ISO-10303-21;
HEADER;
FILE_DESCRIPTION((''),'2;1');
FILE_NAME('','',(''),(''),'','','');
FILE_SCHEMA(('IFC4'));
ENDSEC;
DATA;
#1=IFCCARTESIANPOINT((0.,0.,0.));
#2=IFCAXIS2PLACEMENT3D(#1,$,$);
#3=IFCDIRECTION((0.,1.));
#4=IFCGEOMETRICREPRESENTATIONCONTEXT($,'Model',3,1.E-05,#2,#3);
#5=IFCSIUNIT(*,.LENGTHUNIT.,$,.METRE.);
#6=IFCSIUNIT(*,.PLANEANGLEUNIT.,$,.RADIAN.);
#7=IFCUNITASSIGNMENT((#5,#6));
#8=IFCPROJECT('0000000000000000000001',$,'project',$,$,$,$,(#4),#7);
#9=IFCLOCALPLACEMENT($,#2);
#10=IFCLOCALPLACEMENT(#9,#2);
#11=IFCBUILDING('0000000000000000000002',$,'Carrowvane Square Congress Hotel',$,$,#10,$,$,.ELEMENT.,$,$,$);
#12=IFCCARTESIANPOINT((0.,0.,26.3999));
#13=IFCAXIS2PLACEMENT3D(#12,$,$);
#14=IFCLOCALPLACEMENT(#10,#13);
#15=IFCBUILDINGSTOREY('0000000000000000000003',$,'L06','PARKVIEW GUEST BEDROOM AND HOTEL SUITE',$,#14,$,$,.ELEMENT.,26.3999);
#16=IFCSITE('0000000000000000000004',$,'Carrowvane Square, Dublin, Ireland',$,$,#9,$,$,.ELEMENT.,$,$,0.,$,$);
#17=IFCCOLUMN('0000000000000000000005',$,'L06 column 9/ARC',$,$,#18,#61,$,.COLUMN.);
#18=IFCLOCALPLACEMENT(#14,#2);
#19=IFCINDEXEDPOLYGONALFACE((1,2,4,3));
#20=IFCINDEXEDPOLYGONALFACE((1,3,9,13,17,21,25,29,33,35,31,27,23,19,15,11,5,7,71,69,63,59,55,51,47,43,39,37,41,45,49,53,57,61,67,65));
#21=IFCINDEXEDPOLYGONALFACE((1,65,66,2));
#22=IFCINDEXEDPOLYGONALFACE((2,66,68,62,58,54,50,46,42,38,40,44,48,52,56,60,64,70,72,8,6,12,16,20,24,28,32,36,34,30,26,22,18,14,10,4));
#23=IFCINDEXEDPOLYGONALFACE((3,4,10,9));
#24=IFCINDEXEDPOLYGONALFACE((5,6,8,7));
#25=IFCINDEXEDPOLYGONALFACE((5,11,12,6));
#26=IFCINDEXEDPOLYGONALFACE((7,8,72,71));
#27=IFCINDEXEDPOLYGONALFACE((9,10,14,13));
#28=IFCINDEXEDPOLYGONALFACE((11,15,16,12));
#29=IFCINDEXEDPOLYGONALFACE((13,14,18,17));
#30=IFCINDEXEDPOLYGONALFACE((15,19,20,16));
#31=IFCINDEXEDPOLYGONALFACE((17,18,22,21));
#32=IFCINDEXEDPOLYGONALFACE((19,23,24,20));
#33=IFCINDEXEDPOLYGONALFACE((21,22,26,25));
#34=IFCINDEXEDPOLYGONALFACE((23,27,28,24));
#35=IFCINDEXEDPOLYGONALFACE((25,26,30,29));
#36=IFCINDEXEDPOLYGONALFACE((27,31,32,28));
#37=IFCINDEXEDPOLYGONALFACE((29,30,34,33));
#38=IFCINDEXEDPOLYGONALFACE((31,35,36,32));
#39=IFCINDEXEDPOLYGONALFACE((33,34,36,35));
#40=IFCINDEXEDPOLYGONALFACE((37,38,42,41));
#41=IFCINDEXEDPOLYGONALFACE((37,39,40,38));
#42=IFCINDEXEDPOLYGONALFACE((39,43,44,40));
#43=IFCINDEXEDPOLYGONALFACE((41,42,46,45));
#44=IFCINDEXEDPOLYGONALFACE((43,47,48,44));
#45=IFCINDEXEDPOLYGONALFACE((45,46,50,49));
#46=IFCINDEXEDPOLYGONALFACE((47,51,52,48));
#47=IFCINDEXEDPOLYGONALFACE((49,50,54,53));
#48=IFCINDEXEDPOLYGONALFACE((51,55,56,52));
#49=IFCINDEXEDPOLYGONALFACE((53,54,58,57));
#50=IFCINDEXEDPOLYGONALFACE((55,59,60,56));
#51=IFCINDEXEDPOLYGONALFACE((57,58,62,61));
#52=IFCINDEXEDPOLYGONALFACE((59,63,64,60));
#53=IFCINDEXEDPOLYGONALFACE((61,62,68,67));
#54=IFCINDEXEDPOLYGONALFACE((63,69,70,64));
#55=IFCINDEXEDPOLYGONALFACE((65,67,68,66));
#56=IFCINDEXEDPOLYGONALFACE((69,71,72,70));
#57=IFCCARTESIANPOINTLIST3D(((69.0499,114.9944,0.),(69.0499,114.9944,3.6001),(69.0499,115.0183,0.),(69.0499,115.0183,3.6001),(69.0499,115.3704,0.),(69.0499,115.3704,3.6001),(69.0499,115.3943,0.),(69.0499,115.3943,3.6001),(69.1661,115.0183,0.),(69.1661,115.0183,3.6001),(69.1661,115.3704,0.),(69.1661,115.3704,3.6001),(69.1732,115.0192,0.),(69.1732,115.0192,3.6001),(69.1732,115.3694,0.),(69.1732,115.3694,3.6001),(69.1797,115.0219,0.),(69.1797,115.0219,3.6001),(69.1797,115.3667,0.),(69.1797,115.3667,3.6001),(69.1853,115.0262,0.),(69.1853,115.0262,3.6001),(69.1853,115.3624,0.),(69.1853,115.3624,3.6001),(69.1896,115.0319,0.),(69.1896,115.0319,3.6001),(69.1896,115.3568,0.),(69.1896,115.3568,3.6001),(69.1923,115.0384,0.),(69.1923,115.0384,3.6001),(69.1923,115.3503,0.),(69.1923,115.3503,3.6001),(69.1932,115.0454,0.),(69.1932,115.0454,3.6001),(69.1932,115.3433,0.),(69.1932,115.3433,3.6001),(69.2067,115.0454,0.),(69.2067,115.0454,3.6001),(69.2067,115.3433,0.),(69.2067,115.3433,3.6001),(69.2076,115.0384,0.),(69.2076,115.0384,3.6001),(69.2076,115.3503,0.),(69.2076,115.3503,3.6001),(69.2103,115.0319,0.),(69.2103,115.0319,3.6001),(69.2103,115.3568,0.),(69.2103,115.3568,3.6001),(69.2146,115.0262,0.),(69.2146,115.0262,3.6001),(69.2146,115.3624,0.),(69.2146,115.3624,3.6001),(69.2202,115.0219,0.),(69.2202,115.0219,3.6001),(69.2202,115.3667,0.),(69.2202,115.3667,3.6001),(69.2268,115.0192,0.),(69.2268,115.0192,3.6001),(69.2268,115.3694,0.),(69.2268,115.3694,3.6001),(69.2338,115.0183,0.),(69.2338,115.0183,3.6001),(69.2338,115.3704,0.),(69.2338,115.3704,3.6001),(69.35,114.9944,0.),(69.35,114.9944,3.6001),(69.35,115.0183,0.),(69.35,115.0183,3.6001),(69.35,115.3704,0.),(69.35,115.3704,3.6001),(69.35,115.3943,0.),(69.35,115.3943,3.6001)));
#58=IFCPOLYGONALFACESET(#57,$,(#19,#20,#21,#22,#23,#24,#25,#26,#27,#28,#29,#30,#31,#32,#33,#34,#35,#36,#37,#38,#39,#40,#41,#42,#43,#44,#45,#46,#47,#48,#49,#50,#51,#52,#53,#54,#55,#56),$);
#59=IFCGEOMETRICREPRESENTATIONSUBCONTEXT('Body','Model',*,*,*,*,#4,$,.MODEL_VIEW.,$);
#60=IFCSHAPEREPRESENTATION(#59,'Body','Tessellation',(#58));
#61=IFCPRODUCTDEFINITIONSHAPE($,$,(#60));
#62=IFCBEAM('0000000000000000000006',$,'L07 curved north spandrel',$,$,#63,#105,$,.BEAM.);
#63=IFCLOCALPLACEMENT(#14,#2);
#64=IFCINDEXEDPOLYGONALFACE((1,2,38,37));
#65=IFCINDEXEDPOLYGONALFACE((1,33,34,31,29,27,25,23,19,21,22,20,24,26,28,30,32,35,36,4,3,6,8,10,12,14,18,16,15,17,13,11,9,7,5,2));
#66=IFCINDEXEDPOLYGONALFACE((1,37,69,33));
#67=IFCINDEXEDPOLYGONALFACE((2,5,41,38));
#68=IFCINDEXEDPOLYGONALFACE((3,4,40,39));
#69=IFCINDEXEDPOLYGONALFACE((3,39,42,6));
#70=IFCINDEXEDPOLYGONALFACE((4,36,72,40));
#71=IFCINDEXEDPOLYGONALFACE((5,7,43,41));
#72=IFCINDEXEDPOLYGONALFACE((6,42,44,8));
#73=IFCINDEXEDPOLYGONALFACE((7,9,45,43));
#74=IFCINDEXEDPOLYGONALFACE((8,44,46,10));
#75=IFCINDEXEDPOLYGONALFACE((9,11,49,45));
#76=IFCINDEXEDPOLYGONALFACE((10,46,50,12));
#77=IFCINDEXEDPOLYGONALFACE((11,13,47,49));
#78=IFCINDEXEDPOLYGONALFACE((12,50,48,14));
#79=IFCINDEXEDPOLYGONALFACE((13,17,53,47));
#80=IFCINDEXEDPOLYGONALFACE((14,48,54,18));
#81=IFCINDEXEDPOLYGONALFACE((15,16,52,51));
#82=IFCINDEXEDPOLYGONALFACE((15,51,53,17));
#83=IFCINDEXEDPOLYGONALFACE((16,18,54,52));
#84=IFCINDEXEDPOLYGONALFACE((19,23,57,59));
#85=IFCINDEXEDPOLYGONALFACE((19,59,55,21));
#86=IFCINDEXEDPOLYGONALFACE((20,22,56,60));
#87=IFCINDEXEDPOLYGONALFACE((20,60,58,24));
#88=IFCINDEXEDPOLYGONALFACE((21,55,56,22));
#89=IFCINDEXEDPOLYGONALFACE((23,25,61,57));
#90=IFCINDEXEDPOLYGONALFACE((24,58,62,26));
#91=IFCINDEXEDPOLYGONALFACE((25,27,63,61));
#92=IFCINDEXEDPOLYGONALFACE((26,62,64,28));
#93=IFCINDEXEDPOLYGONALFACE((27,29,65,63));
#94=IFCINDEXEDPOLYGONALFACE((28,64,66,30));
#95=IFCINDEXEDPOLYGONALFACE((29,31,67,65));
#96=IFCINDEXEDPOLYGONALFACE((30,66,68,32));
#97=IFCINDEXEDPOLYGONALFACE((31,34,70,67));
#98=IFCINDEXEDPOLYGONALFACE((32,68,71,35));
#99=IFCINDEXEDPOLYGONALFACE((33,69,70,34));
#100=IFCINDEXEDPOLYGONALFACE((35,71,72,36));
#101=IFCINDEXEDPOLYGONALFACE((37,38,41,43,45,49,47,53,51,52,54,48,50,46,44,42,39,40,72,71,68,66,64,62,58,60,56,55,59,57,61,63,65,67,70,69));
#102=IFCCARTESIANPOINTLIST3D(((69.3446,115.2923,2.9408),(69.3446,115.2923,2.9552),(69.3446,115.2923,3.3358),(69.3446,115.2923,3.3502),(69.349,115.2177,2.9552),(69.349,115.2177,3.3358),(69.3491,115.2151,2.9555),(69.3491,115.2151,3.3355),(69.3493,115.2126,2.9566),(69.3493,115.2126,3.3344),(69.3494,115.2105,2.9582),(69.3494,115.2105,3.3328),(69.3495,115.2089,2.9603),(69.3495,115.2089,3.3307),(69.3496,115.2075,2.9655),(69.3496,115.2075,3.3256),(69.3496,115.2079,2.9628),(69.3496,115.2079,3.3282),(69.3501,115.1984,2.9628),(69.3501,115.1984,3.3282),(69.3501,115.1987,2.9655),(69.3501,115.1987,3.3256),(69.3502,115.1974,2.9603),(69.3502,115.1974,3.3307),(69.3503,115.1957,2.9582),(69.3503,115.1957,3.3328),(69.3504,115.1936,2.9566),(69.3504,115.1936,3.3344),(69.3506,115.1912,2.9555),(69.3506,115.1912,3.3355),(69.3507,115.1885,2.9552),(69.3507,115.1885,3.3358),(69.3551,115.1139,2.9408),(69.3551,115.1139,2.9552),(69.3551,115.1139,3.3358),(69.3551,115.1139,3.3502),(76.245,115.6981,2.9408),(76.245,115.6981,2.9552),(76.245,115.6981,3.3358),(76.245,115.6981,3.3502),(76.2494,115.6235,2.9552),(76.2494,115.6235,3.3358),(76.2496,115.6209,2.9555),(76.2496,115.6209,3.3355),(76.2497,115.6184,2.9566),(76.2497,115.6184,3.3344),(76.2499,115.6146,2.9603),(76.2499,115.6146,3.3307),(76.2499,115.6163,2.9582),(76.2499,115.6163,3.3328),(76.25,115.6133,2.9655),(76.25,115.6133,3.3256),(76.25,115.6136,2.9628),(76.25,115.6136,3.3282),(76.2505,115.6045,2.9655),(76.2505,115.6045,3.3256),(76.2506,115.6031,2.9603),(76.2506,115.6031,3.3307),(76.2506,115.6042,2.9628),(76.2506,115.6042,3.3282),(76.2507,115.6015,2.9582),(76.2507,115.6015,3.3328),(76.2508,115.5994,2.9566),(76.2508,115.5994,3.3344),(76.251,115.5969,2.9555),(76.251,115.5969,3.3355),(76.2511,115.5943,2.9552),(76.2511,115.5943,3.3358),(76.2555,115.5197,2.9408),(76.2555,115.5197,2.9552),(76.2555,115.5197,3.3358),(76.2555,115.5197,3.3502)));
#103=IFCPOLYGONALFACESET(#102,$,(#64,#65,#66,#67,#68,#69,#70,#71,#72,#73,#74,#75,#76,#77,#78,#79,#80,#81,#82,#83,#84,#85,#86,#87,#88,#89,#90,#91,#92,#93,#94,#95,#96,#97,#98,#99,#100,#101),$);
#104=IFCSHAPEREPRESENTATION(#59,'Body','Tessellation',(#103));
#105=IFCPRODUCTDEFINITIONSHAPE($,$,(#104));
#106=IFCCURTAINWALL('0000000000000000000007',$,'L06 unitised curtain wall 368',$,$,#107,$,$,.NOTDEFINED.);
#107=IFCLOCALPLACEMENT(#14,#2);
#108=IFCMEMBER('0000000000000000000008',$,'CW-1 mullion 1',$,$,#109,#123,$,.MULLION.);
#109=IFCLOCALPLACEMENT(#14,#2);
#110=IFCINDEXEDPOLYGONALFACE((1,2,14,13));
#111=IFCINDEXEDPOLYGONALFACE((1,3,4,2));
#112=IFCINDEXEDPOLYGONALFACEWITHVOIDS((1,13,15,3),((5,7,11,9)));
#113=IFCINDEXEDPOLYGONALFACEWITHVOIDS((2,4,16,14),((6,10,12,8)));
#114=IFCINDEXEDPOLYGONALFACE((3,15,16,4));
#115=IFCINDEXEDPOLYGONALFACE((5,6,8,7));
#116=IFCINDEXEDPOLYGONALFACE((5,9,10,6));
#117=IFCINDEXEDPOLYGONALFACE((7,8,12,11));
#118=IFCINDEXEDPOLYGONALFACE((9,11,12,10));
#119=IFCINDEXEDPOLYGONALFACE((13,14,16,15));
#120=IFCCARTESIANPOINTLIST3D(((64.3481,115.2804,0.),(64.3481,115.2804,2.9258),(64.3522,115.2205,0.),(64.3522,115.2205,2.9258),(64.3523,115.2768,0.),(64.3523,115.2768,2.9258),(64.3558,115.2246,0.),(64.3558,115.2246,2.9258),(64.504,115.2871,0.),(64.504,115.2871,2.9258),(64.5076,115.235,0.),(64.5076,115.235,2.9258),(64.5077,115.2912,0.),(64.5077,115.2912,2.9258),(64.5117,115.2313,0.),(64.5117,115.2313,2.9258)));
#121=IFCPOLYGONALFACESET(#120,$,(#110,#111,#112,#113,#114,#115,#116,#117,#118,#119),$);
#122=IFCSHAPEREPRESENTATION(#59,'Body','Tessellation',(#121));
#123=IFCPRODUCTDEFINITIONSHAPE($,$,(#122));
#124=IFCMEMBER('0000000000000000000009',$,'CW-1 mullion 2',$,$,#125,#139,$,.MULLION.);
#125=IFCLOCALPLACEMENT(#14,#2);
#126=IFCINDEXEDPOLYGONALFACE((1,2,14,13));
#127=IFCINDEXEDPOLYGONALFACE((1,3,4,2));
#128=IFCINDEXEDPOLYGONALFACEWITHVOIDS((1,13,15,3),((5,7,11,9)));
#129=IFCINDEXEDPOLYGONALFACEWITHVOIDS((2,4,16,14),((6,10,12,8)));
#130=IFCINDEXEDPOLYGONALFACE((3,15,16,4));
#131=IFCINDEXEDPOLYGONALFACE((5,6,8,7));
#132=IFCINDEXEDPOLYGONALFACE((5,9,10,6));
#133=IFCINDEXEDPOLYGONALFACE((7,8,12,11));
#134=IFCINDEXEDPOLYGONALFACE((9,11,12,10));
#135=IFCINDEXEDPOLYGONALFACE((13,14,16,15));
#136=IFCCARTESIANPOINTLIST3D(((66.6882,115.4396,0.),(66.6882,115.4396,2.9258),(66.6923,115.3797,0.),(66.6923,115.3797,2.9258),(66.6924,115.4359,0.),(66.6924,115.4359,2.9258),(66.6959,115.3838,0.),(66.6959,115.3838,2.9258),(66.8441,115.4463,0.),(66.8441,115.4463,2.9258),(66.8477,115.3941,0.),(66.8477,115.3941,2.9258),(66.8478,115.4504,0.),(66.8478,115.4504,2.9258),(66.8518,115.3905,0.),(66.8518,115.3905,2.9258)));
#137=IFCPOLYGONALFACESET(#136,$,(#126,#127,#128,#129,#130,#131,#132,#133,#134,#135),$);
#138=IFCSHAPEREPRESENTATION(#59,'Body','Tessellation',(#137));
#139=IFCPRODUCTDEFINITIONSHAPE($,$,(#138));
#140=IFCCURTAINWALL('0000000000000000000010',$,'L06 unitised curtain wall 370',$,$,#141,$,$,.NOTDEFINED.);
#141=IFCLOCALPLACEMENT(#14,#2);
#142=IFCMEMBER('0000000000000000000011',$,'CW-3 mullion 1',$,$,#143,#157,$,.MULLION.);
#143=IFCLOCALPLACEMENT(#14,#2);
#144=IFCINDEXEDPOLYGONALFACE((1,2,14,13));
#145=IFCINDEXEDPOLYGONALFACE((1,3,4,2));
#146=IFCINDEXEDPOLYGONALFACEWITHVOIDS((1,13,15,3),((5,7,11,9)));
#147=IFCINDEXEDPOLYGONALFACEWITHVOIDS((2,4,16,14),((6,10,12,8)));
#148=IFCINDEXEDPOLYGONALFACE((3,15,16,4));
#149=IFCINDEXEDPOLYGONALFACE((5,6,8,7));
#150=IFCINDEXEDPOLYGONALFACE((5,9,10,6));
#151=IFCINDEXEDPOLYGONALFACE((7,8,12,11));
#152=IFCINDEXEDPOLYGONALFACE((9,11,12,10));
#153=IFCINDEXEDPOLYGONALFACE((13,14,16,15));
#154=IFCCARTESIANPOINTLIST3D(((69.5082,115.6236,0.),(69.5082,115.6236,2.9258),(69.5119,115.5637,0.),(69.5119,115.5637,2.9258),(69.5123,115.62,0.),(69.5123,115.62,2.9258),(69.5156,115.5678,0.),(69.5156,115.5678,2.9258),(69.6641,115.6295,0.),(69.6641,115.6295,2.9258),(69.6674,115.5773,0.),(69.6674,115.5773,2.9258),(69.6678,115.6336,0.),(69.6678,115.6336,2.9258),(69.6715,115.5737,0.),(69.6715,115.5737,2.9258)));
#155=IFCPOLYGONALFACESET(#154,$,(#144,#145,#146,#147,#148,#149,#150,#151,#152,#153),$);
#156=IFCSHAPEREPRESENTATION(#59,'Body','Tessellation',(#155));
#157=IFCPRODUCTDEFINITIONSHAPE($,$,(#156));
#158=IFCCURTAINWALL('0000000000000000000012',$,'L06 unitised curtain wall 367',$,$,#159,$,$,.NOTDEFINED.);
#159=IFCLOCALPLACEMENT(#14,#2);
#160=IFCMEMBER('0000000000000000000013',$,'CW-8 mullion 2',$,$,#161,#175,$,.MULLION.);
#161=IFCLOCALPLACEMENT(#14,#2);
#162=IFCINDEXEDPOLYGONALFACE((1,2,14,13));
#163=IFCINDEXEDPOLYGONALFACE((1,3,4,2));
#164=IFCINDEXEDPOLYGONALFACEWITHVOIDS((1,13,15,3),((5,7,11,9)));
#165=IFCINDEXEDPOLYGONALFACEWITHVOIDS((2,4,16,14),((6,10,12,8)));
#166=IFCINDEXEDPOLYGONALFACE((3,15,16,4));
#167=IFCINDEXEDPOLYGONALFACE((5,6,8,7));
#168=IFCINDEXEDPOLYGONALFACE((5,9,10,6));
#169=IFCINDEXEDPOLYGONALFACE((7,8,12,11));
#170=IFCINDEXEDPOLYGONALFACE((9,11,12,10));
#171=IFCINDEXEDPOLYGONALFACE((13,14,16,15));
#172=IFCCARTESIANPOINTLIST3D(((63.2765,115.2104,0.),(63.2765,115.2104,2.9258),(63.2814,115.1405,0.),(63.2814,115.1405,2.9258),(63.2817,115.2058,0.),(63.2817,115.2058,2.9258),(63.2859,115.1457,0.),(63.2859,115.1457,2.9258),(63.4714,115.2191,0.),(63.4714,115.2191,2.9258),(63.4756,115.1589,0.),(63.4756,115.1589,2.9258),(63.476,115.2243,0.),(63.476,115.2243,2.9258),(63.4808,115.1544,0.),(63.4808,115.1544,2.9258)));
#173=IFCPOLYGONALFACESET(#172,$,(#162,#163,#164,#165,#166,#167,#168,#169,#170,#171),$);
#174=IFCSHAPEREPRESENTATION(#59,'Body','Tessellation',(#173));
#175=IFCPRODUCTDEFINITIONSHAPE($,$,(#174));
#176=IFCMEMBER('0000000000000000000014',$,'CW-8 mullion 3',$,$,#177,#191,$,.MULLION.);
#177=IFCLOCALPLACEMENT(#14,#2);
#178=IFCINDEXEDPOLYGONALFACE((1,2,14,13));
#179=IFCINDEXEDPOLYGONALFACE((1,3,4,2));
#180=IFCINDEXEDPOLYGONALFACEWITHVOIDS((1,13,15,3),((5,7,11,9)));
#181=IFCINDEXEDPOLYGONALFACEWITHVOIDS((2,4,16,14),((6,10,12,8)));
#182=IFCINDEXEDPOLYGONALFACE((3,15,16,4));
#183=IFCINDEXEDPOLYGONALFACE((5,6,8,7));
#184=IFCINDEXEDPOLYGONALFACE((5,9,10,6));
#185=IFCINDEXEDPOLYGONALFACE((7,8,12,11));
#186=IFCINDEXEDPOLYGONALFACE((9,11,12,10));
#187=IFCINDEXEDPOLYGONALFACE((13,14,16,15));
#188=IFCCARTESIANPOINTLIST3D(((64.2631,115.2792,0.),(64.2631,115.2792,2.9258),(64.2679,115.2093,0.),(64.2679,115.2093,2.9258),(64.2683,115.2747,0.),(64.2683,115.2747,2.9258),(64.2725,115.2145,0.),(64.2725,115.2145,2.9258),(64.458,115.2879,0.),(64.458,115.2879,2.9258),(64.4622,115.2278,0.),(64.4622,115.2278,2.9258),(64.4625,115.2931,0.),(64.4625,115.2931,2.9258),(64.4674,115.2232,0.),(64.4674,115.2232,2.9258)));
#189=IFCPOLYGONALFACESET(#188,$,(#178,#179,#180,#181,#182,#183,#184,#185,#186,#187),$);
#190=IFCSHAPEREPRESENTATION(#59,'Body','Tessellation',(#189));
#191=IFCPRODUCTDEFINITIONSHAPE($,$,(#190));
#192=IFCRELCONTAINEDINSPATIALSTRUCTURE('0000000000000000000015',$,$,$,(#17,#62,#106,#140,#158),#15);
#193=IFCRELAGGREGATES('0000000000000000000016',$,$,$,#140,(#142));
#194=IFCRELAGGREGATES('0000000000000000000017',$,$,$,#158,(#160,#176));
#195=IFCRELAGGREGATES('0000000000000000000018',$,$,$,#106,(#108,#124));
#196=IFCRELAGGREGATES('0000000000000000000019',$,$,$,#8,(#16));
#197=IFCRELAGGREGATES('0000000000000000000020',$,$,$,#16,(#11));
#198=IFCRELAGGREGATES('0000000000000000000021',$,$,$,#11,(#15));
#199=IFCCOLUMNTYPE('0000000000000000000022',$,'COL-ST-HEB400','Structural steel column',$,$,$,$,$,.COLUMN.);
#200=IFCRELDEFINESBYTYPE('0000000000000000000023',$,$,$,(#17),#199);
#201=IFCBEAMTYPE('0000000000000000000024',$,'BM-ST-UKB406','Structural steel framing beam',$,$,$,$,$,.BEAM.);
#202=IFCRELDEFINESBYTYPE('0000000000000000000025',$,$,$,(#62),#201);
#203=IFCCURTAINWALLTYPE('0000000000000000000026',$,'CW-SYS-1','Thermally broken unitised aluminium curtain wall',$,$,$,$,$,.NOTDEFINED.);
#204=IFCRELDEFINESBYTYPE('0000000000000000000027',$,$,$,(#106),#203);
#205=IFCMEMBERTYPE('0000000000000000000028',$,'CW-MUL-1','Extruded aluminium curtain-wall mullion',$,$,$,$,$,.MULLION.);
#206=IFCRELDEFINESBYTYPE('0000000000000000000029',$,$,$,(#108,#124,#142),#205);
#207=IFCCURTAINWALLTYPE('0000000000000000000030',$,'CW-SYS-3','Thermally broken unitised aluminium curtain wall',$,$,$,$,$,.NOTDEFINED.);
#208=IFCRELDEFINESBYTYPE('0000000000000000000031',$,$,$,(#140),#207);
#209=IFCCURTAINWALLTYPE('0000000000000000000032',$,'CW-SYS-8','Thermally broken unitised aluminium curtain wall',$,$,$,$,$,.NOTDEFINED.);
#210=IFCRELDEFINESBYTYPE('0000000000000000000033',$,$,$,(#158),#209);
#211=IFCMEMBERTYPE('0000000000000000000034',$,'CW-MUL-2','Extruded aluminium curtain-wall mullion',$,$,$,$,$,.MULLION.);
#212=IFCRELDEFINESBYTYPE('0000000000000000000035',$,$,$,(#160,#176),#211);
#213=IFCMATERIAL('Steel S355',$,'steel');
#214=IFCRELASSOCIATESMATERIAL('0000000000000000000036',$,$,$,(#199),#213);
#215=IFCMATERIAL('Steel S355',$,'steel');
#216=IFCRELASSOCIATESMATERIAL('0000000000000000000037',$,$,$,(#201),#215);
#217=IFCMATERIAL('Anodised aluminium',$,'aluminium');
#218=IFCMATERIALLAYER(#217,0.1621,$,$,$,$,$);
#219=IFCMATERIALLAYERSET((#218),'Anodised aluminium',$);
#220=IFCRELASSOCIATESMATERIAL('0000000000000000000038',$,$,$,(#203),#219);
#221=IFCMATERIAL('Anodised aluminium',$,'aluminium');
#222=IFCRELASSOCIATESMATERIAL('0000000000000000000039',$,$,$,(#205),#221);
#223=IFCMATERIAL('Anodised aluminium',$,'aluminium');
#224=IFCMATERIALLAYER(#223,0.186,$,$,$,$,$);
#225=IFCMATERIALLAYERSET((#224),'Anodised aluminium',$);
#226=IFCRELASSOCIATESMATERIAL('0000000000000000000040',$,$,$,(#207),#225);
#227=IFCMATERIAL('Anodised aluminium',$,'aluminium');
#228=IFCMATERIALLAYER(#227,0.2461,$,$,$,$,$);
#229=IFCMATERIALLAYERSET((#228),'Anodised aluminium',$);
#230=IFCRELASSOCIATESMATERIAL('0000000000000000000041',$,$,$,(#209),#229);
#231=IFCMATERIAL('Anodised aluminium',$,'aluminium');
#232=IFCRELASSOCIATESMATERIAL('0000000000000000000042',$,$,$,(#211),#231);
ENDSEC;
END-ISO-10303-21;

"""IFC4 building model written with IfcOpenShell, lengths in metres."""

from ifc_helpers import new_model, si_unit, direction, frame, origin, origin_2d, place, context, subcontext, project, spatial, hollow_rectangle, i_section, extrude, material, layer, layer_set, material_profile, profile_set, type_object, element, aggregate, save


model = new_model("IFC4")

# Units and contexts
model_context = context("Model", 3, precision=1e-05, world=origin(), true_north=direction((0.0, 1.0)))
body_context = subcontext(model_context, "Body", "Model", "MODEL_VIEW")
ifc_project = project(units=[si_unit("LENGTHUNIT", "METRE"), si_unit("PLANEANGLEUNIT", "RADIAN")], contexts=[model_context])

# Site, building, storey
site_placement = place(None, origin())
site = spatial("IfcSite", under=ifc_project, at=site_placement, Name="Carrowvane Square, Dublin, Ireland", CompositionType="ELEMENT", RefElevation=0.0)
building_placement = place(site_placement, origin())
building = spatial("IfcBuilding", under=site, at=building_placement, Name="Carrowvane Square Congress Hotel", CompositionType="ELEMENT")
storey_placement = place(building_placement, frame((0.0, 0.0, 26.3999)))
storey = spatial("IfcBuildingStorey", under=building, at=storey_placement, Name="L06", Description="PARKVIEW GUEST BEDROOM AND HOTEL SUITE", CompositionType="ELEMENT", Elevation=26.3999)

# Column
ifc_material_1 = material(Name="Steel S355", Category="steel")
ifc_material_profile_1 = material_profile(ifc_material_1, i_section(OverallWidth=0.3, OverallDepth=0.3999, WebThickness=0.0134, FlangeThickness=0.0239, FilletRadius=0.0271, at=origin_2d()), Name="HEB 400")
ifc_profile_set_1 = profile_set([ifc_material_profile_1], Name="Steel S355")
column_type = type_object("IfcColumnType", Name="COL-ST-HEB400", Description="Structural steel column", PredefinedType="COLUMN", material=ifc_profile_set_1)
column_placement = place(storey_placement, frame((69.2, 115.1943, 0.0), z_axis=(0.0, 0.0, 1.0), x_axis=(1.0, 0.0, 0.0)))
element("IfcColumn", 1, at=column_placement, inside=storey, type_object=column_type, Name="L06 column 9/ARC", PredefinedType="COLUMN", context=body_context, shape_type="SweptSolid", body=[
    extrude(i_section(OverallWidth=0.3, OverallDepth=0.3999, WebThickness=0.0134, FlangeThickness=0.0239, FilletRadius=0.0271, at=origin_2d()), origin(), (0.0, 0.0, 1.0), 3.6001),
])

# Beam
ifc_material_2 = material(Name="Steel S355", Category="steel")
ifc_material_profile_2 = material_profile(ifc_material_2, i_section(OverallWidth=0.1787, OverallDepth=0.4094, WebThickness=0.0088, FlangeThickness=0.0144, FilletRadius=0.0103, at=origin_2d()), Name="UKB 406x178x67")
ifc_profile_set_2 = profile_set([ifc_material_profile_2], Name="Steel S355")
beam_type = type_object("IfcBeamType", Name="BM-ST-UKB406", Description="Structural steel framing beam", PredefinedType="BEAM", material=ifc_profile_set_2)
beam_placement = place(storey_placement, frame((69.3499, 115.2031, 3.1455), z_axis=(0.998276, 0.058701, 0.0), x_axis=(-0.058701, 0.998276, 0.0)))
element("IfcBeam", 2, at=beam_placement, inside=storey, type_object=beam_type, Name="L07 curved north spandrel", PredefinedType="BEAM", context=body_context, shape_type="SweptSolid", body=[
    extrude(i_section(OverallWidth=0.1787, OverallDepth=0.4094, WebThickness=0.0088, FlangeThickness=0.0144, FilletRadius=0.0103, at=origin_2d()), origin(), (0.0, 0.0, 1.0), 6.9124),
])

# Curtain wall, members
ifc_material_3 = material(Name="Anodised aluminium", Category="aluminium")
ifc_layer_1 = layer(ifc_material_3, 0.1621)
ifc_layer_set_1 = layer_set([ifc_layer_1], Name="Anodised aluminium")
curtain_wall_type_1 = type_object("IfcCurtainWallType", Name="CW-SYS-1", Description="Thermally broken unitised aluminium curtain wall", PredefinedType="NOTDEFINED", material=ifc_layer_set_1)
curtain_wall_1_placement = place(storey_placement, origin())
curtain_wall_1 = element("IfcCurtainWall", 3, at=curtain_wall_1_placement, inside=storey, type_object=curtain_wall_type_1, Name="L06 unitised curtain wall 368", PredefinedType="NOTDEFINED")
ifc_material_4 = material(Name="Anodised aluminium", Category="aluminium")
ifc_material_profile_3 = material_profile(ifc_material_4, hollow_rectangle(XDim=0.0601, YDim=0.1599, WallThickness=0.0039, at=origin_2d()), Name="CW-ML 60x160x4")
ifc_profile_set_3 = profile_set([ifc_material_profile_3], Name="Anodised aluminium")
member_type_1 = type_object("IfcMemberType", Name="CW-MUL-1", Description="Extruded aluminium curtain-wall mullion", PredefinedType="MULLION", material=ifc_profile_set_3)
member_1_placement = place(storey_placement, frame((64.4299, 115.2559, 0.0), z_axis=(0.0, 0.0, 1.0), x_axis=(-0.067865, 0.997694, 0.0)))
member_1 = element("IfcMember", 4, at=member_1_placement, type_object=member_type_1, Name="CW-1 mullion 1", PredefinedType="MULLION", context=body_context, shape_type="SweptSolid", body=[
    extrude(hollow_rectangle(XDim=0.0601, YDim=0.1599, WallThickness=0.0039, at=origin_2d()), origin(), (0.0, 0.0, 1.0), 2.9258),
])
member_2_placement = place(storey_placement, frame((66.77, 115.415, 0.0), z_axis=(0.0, 0.0, 1.0), x_axis=(-0.067865, 0.997694, 0.0)))
member_2 = element("IfcMember", 5, at=member_2_placement, type_object=member_type_1, Name="CW-1 mullion 2", PredefinedType="MULLION", context=body_context, shape_type="SweptSolid", body=[
    extrude(hollow_rectangle(XDim=0.0601, YDim=0.1599, WallThickness=0.0039, at=origin_2d()), origin(), (0.0, 0.0, 1.0), 2.9258),
])

# Curtain wall, member
ifc_material_5 = material(Name="Anodised aluminium", Category="aluminium")
ifc_layer_2 = layer(ifc_material_5, 0.186)
ifc_layer_set_2 = layer_set([ifc_layer_2], Name="Anodised aluminium")
curtain_wall_type_2 = type_object("IfcCurtainWallType", Name="CW-SYS-3", Description="Thermally broken unitised aluminium curtain wall", PredefinedType="NOTDEFINED", material=ifc_layer_set_2)
curtain_wall_2_placement = place(storey_placement, origin())
curtain_wall_2 = element("IfcCurtainWall", 6, at=curtain_wall_2_placement, inside=storey, type_object=curtain_wall_type_2, Name="L06 unitised curtain wall 370", PredefinedType="NOTDEFINED")
member_3_placement = place(storey_placement, frame((69.5898, 115.5986, 0.0), z_axis=(0.0, 0.0, 1.0), x_axis=(-0.062397, 0.998051, 0.0)))
member_3 = element("IfcMember", 7, at=member_3_placement, type_object=member_type_1, Name="CW-3 mullion 1", PredefinedType="MULLION", context=body_context, shape_type="SweptSolid", body=[
    extrude(hollow_rectangle(XDim=0.0601, YDim=0.1599, WallThickness=0.0039, at=origin_2d()), origin(), (0.0, 0.0, 1.0), 2.9258),
])

# Curtain wall, members
ifc_material_6 = material(Name="Anodised aluminium", Category="aluminium")
ifc_layer_3 = layer(ifc_material_6, 0.2461)
ifc_layer_set_3 = layer_set([ifc_layer_3], Name="Anodised aluminium")
curtain_wall_type_3 = type_object("IfcCurtainWallType", Name="CW-SYS-8", Description="Thermally broken unitised aluminium curtain wall", PredefinedType="NOTDEFINED", material=ifc_layer_set_3)
curtain_wall_3_placement = place(storey_placement, origin())
curtain_wall_3 = element("IfcCurtainWall", 8, at=curtain_wall_3_placement, inside=storey, type_object=curtain_wall_type_3, Name="L06 unitised curtain wall 367", PredefinedType="NOTDEFINED")
ifc_material_7 = material(Name="Anodised aluminium", Category="aluminium")
ifc_material_profile_4 = material_profile(ifc_material_7, hollow_rectangle(XDim=0.0701, YDim=0.2, WallThickness=0.0049, at=origin_2d()), Name="CW-ML 70x200x5")
ifc_profile_set_4 = profile_set([ifc_material_profile_4], Name="Anodised aluminium")
member_type_2 = type_object("IfcMemberType", Name="CW-MUL-2", Description="Extruded aluminium curtain-wall mullion", PredefinedType="MULLION", material=ifc_profile_set_4)
member_4_placement = place(storey_placement, frame((63.3787, 115.1824, 0.0), z_axis=(0.0, 0.0, 1.0), x_axis=(-0.069724, 0.997566, 0.0)))
member_4 = element("IfcMember", 9, at=member_4_placement, type_object=member_type_2, Name="CW-8 mullion 2", PredefinedType="MULLION", context=body_context, shape_type="SweptSolid", body=[
    extrude(hollow_rectangle(XDim=0.0701, YDim=0.2, WallThickness=0.0049, at=origin_2d()), origin(), (0.0, 0.0, 1.0), 2.9258),
])
member_5_placement = place(storey_placement, frame((64.3652, 115.2512, 0.0), z_axis=(0.0, 0.0, 1.0), x_axis=(-0.069724, 0.997566, 0.0)))
member_5 = element("IfcMember", 10, at=member_5_placement, type_object=member_type_2, Name="CW-8 mullion 3", PredefinedType="MULLION", context=body_context, shape_type="SweptSolid", body=[
    extrude(hollow_rectangle(XDim=0.0701, YDim=0.2, WallThickness=0.0049, at=origin_2d()), origin(), (0.0, 0.0, 1.0), 2.9258),
])

aggregate(curtain_wall_2, [member_3])

aggregate(curtain_wall_3, [member_4, member_5])
aggregate(curtain_wall_1, [member_1, member_2])

save(model, "model.ifc")
